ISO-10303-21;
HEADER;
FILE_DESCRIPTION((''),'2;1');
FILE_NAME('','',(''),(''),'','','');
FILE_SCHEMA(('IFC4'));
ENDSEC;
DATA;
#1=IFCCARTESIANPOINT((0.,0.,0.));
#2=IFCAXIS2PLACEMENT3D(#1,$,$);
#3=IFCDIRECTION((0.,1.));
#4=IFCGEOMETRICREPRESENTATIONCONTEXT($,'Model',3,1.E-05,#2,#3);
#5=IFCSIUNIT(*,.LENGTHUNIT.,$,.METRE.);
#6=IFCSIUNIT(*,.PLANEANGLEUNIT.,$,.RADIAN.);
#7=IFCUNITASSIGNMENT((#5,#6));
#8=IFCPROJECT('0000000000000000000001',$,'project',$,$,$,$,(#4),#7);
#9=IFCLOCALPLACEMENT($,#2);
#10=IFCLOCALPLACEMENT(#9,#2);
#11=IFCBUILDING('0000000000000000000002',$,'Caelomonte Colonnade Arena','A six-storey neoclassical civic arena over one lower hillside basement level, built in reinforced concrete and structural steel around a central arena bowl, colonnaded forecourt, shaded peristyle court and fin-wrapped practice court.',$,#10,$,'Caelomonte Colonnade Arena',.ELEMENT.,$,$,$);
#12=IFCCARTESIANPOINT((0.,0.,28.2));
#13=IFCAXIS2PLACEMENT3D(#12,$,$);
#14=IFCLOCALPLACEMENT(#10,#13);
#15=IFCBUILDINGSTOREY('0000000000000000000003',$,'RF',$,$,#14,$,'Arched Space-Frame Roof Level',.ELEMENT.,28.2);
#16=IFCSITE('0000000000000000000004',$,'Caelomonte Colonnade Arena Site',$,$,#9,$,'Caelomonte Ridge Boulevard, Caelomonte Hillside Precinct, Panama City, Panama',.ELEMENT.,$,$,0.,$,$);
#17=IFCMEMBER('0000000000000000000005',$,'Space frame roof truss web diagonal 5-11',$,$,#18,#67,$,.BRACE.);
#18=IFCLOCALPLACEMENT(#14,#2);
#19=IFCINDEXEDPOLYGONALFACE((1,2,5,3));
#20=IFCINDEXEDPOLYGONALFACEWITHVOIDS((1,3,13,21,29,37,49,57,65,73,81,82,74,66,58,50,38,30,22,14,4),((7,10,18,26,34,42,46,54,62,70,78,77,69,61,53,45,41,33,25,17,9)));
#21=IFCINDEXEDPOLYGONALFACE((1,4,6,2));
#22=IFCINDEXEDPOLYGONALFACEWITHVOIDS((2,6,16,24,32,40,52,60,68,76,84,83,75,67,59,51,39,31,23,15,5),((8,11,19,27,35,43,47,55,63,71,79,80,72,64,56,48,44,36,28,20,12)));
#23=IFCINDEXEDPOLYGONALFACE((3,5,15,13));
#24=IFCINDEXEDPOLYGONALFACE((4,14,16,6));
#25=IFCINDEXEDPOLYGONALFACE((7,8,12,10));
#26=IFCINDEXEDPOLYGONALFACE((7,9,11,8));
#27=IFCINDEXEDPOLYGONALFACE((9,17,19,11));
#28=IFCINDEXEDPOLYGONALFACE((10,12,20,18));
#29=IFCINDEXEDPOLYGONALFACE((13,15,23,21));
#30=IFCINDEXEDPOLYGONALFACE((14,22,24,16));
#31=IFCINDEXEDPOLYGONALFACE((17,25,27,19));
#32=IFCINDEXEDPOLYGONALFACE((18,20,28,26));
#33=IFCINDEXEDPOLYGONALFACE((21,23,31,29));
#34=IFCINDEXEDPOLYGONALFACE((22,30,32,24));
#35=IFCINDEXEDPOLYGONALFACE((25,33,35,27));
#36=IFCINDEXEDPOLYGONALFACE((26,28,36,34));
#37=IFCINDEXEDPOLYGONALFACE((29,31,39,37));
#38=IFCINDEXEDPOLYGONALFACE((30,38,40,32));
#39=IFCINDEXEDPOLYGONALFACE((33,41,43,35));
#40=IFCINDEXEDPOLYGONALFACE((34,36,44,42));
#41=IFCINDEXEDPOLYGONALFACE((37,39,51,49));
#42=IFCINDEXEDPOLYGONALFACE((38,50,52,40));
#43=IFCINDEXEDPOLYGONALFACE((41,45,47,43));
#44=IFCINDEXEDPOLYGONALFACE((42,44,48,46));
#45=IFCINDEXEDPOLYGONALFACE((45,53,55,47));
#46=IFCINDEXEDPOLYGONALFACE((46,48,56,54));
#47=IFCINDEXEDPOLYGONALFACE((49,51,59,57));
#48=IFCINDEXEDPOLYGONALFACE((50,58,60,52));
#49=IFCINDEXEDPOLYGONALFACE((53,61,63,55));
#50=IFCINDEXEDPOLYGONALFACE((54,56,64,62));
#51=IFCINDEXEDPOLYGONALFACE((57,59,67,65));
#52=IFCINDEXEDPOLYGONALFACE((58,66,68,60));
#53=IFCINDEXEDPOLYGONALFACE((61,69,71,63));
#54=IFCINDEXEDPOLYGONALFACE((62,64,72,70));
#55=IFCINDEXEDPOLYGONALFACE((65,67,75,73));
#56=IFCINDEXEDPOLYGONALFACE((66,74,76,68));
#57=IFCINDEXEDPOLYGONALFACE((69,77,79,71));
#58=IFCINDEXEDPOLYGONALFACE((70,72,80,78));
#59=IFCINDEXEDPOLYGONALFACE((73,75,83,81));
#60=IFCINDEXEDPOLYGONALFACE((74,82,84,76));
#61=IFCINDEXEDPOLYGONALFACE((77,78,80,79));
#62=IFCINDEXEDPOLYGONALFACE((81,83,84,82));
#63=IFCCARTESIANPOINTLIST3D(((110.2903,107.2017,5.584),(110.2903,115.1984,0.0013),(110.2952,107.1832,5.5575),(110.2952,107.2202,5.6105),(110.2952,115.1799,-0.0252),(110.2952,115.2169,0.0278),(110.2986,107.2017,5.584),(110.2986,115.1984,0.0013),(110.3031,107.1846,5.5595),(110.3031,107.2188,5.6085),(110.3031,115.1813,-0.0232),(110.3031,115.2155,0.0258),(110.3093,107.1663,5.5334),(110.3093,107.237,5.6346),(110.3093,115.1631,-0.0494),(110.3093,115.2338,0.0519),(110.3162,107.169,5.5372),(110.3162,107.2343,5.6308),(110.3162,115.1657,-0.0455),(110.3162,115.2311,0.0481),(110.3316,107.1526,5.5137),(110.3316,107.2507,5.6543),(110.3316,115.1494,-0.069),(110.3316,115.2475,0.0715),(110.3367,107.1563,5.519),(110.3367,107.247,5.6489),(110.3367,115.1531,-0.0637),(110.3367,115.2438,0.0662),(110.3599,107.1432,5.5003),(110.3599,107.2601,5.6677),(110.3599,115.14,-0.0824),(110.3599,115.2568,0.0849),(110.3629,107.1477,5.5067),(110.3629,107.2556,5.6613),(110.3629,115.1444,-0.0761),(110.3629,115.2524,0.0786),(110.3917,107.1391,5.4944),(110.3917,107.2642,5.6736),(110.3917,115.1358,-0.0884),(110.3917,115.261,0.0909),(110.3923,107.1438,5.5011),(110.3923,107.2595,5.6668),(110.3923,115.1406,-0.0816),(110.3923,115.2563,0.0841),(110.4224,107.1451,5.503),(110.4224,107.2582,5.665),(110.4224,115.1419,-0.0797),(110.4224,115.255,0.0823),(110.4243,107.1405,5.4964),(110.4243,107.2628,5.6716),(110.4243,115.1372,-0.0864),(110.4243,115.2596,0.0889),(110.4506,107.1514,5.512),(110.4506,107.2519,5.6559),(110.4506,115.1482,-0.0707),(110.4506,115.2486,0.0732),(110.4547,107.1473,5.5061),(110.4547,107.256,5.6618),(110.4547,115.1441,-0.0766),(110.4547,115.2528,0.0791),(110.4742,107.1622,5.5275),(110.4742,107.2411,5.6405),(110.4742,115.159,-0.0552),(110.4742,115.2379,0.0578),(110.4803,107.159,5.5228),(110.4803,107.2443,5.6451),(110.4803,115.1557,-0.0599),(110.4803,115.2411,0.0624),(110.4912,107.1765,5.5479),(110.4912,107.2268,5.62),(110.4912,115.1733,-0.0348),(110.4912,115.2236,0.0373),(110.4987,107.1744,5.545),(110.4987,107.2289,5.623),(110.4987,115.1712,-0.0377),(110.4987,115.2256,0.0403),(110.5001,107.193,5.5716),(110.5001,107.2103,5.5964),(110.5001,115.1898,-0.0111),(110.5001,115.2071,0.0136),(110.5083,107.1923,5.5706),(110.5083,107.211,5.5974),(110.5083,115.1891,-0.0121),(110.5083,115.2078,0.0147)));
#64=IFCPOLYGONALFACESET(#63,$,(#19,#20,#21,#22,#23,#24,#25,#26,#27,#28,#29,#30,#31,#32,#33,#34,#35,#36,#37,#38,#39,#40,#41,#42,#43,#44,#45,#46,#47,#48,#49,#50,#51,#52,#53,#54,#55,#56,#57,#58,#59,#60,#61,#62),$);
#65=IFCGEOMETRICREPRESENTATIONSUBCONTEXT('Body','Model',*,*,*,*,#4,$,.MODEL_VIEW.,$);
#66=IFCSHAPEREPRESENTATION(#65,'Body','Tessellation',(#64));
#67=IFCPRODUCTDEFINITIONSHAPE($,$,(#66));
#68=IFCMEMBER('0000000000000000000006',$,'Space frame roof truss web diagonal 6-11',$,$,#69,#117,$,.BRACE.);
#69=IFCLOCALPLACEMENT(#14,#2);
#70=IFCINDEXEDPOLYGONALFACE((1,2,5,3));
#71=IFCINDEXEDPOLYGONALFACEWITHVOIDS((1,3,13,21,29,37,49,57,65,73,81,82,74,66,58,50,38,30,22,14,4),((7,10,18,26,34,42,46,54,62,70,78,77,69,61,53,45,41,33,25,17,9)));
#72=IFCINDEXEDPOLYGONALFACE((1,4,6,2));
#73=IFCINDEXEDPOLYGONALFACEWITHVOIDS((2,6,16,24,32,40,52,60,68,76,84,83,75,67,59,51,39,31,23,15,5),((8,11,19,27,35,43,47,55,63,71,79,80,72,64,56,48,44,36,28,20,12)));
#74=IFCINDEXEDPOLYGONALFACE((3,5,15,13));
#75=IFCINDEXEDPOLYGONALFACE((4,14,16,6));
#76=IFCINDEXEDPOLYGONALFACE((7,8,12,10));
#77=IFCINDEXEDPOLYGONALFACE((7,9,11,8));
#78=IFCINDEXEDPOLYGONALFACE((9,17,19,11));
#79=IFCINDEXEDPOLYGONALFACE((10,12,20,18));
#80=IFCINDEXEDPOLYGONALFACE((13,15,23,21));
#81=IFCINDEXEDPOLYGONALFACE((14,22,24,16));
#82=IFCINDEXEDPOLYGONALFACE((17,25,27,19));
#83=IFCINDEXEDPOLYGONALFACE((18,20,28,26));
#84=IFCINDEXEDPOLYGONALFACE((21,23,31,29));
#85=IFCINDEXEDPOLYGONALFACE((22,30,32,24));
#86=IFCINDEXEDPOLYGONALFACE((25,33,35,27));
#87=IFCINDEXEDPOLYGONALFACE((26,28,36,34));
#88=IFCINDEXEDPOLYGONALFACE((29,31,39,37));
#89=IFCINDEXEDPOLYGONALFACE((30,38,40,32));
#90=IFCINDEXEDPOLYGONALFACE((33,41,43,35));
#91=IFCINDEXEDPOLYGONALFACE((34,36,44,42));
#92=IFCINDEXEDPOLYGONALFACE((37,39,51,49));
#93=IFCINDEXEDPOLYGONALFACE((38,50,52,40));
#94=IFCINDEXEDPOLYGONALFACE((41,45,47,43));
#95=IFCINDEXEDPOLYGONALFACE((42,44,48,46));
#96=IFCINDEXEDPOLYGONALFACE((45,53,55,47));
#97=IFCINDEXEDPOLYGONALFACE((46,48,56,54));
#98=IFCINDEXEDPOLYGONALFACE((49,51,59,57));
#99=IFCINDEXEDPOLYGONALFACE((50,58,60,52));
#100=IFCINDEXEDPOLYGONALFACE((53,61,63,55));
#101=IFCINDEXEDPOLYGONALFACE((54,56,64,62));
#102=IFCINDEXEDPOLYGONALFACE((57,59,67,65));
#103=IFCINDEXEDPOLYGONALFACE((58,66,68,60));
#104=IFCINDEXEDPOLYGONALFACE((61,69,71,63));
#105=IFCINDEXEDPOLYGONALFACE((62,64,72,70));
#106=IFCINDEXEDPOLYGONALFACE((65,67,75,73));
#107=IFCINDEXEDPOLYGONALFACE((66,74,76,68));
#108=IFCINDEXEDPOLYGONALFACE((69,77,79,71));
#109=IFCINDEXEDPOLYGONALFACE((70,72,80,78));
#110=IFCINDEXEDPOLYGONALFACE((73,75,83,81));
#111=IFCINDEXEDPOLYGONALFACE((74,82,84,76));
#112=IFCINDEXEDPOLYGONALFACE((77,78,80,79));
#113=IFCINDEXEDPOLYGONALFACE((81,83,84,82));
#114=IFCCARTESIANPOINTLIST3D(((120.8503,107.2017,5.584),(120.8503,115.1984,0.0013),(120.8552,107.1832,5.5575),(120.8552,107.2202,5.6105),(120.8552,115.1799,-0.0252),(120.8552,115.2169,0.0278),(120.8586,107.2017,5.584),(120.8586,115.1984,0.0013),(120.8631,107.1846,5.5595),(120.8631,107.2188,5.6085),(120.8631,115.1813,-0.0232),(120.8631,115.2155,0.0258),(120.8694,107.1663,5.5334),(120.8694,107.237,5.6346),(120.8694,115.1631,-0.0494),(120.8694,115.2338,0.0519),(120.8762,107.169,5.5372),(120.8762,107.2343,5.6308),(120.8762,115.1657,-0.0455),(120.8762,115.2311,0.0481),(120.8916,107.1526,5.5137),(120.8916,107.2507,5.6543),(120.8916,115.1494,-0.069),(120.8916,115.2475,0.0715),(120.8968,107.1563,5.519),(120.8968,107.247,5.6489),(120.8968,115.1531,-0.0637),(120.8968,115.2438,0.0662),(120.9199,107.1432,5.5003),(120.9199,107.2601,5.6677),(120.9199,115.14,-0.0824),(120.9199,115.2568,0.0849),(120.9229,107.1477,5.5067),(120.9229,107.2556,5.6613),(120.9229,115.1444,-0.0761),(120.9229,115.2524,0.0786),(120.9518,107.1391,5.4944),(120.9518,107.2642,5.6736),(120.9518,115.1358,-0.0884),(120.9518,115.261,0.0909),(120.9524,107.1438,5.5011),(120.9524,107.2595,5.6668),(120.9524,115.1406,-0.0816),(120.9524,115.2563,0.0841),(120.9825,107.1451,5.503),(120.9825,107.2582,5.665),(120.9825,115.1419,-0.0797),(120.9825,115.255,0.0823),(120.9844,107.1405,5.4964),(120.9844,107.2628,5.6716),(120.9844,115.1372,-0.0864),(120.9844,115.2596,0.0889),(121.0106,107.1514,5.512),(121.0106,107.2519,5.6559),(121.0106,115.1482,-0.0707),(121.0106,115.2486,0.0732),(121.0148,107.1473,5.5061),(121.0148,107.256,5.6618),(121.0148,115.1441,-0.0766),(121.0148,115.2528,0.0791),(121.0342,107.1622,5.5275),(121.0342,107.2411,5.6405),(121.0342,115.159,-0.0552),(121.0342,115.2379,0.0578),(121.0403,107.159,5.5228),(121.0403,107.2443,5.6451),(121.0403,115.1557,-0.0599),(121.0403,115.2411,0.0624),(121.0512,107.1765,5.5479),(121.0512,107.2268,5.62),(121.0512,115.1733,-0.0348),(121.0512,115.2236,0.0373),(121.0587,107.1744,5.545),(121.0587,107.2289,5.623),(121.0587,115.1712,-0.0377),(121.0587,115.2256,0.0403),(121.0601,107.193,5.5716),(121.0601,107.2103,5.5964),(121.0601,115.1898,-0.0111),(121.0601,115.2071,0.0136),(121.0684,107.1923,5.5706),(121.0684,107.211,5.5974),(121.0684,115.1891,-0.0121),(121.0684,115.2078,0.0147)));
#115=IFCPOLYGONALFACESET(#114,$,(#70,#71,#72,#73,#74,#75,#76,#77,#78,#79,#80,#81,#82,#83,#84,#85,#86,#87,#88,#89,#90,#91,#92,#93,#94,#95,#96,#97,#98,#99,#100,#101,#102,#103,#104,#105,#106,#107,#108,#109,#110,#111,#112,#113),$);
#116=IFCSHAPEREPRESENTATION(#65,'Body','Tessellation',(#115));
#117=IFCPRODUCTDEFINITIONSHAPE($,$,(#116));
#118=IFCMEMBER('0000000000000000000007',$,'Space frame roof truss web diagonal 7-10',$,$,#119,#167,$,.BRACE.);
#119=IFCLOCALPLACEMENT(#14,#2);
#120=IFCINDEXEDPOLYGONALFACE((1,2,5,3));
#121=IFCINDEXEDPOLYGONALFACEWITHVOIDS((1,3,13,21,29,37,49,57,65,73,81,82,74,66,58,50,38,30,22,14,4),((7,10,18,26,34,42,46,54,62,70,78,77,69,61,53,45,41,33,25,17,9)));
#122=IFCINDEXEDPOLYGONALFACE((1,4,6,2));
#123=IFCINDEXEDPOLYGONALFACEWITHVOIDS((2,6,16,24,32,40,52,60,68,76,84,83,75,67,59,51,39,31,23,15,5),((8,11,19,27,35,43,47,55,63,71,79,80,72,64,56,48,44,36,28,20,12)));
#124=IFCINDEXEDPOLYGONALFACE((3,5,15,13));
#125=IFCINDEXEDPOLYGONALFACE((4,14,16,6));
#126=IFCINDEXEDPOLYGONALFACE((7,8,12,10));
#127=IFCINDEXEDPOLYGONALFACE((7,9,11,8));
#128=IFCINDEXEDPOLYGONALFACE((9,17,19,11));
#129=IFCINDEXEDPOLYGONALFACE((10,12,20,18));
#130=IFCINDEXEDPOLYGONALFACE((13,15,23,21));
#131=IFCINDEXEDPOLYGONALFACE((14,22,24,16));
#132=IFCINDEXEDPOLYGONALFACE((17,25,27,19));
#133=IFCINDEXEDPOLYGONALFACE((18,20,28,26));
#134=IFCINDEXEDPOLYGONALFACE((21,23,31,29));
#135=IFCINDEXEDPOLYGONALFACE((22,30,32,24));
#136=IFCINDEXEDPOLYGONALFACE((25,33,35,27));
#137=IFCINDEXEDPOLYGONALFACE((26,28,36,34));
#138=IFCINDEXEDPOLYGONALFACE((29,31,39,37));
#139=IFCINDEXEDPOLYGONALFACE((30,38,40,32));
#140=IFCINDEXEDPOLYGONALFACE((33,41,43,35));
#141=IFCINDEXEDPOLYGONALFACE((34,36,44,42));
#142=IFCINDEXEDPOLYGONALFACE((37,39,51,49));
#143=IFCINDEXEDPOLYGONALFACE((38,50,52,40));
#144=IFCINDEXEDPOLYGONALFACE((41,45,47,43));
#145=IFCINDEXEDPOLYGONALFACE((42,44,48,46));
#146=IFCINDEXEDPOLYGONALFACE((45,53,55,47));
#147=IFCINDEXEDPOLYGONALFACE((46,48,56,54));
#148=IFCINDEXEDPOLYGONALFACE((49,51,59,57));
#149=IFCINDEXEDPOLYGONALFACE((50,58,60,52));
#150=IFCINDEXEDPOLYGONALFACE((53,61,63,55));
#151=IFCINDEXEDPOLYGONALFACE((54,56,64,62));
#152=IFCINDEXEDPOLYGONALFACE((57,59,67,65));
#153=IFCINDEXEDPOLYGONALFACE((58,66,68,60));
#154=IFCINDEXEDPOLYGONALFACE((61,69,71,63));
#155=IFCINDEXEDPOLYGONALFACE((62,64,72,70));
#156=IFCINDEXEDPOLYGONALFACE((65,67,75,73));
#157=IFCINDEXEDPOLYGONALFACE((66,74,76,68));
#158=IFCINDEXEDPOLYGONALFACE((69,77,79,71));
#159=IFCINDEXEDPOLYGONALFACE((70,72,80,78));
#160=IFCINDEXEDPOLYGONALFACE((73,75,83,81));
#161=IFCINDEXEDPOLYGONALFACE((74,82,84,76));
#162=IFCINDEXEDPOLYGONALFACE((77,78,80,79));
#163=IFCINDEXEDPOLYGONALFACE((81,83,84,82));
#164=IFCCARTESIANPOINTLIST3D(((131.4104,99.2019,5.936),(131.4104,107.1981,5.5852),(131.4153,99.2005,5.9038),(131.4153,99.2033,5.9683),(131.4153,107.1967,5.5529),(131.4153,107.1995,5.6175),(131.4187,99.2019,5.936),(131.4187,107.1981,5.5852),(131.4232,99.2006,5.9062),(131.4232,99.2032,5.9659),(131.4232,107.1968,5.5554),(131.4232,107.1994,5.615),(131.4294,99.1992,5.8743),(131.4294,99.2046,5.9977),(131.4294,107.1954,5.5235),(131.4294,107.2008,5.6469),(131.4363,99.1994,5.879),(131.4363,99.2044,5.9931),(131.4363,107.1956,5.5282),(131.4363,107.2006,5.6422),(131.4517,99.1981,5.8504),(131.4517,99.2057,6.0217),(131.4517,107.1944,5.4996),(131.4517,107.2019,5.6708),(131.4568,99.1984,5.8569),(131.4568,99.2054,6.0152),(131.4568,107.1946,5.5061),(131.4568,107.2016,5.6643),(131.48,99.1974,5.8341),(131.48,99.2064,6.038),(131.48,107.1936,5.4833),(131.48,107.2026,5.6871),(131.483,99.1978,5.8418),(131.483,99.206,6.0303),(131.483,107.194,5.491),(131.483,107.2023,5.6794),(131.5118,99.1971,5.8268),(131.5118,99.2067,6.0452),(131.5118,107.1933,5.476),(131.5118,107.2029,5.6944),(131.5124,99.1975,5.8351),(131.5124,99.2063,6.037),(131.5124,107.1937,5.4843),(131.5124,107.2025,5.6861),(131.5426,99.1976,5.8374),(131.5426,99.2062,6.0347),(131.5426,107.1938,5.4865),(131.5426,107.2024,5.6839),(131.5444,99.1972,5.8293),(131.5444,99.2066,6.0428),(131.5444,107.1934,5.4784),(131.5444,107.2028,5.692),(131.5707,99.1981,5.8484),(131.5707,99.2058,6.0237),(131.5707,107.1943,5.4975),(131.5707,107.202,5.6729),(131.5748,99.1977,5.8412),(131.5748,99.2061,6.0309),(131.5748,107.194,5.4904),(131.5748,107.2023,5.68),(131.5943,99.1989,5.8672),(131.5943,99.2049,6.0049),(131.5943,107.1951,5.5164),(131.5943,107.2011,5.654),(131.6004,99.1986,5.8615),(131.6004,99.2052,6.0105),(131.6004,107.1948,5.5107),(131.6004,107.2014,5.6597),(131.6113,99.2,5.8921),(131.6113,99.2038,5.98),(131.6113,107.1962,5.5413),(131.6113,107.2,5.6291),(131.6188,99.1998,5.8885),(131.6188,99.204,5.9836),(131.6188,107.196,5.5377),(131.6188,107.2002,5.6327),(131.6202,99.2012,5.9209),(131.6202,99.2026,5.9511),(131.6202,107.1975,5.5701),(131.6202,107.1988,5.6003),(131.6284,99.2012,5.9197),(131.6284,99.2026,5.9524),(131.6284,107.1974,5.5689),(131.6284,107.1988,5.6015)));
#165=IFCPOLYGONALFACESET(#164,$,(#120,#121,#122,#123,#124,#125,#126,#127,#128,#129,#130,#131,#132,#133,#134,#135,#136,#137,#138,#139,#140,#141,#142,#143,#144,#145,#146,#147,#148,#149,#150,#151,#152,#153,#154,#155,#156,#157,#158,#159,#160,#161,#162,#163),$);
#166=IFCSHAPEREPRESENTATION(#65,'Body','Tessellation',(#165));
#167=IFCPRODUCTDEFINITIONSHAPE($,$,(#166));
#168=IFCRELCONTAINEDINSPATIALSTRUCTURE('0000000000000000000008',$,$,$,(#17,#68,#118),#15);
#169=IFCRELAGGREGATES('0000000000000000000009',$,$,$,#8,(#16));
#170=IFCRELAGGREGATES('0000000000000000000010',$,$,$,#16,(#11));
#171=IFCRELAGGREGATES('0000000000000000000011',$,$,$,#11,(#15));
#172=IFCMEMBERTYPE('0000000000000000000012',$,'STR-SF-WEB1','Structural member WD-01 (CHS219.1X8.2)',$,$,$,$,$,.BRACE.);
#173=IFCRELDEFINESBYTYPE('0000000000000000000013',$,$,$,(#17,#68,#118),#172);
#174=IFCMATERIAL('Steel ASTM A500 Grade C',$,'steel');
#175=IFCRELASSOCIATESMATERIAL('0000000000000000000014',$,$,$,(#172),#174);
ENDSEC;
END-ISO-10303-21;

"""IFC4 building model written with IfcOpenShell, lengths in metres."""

from ifc_helpers import new_model, si_unit, direction, frame, origin, origin_2d, place, context, subcontext, project, spatial, hollow_circle, extrude, material, material_profile, profile_set, type_object, element, save


model = new_model("IFC4")

# Units and contexts
model_context = context("Model", 3, precision=1e-05, world=origin(), true_north=direction((0.0, 1.0)))
body_context = subcontext(model_context, "Body", "Model", "MODEL_VIEW")
ifc_project = project(units=[si_unit("LENGTHUNIT", "METRE"), si_unit("PLANEANGLEUNIT", "RADIAN")], contexts=[model_context])

# Site, building, storey
site_placement = place(None, origin())
site = spatial("IfcSite", under=ifc_project, at=site_placement, Name="Caelomonte Colonnade Arena Site", LongName="Caelomonte Ridge Boulevard, Caelomonte Hillside Precinct, Panama City, Panama", CompositionType="ELEMENT", RefElevation=0.0)
building_placement = place(site_placement, origin())
building = spatial("IfcBuilding", under=site, at=building_placement, Name="Caelomonte Colonnade Arena", Description="A six-storey neoclassical civic arena over one lower hillside basement level, built in reinforced concrete and structural steel around a central arena bowl, colonnaded forecourt, shaded peristyle court and fin-wrapped practice court.", LongName="Caelomonte Colonnade Arena", CompositionType="ELEMENT")
storey_placement = place(building_placement, frame((0.0, 0.0, 28.2)))
storey = spatial("IfcBuildingStorey", under=building, at=storey_placement, Name="RF", LongName="Arched Space-Frame Roof Level", CompositionType="ELEMENT", Elevation=28.2)

# Members
ifc_material_1 = material(Name="Steel ASTM A500 Grade C", Category="steel")
ifc_material_profile_1 = material_profile(ifc_material_1, hollow_circle(Radius=0.1096, WallThickness=0.0083, at=origin_2d()), Name="CHS219.1X8.2")
ifc_profile_set_1 = profile_set([ifc_material_profile_1], Name="Steel ASTM A500 Grade C")
member_type_1 = type_object("IfcMemberType", Name="STR-SF-WEB1", Description="Structural member WD-01 (CHS219.1X8.2)", PredefinedType="BRACE", material=ifc_profile_set_1)
for number, where, z_axis, x_axis, name in (
    (1, (110.3999, 107.2017, 5.584), (0.0, 0.819955, -0.572429), (-1.0, 0.0, 0.0), "Space frame roof truss web diagonal 5-11"),
    (2, (120.96, 107.2017, 5.584), (0.0, 0.819955, -0.572429), (-1.0, 0.0, 0.0), "Space frame roof truss web diagonal 6-11"),
):
    element("IfcMember", number, at=place(storey_placement, frame(where, z_axis=z_axis, x_axis=x_axis)), inside=storey, type_object=member_type_1, Name=name, PredefinedType="BRACE", context=body_context, shape_type="SweptSolid", body=[
        extrude(hollow_circle(Radius=0.1096, WallThickness=0.0083, at=origin_2d()), origin(), (0.0, 0.0, 1.0), 9.7527),
    ])
member_1_placement = place(storey_placement, frame((131.52, 99.2019, 5.936), z_axis=(0.0, 0.999039, -0.043833), x_axis=(-1.0, 0.0, 0.0)))
element("IfcMember", 3, at=member_1_placement, inside=storey, type_object=member_type_1, Name="Space frame roof truss web diagonal 7-10", PredefinedType="BRACE", context=body_context, shape_type="SweptSolid", body=[
    extrude(hollow_circle(Radius=0.1096, WallThickness=0.0083, at=origin_2d()), origin(), (0.0, 0.0, 1.0), 8.0039),
])

save(model, "model.ifc")
